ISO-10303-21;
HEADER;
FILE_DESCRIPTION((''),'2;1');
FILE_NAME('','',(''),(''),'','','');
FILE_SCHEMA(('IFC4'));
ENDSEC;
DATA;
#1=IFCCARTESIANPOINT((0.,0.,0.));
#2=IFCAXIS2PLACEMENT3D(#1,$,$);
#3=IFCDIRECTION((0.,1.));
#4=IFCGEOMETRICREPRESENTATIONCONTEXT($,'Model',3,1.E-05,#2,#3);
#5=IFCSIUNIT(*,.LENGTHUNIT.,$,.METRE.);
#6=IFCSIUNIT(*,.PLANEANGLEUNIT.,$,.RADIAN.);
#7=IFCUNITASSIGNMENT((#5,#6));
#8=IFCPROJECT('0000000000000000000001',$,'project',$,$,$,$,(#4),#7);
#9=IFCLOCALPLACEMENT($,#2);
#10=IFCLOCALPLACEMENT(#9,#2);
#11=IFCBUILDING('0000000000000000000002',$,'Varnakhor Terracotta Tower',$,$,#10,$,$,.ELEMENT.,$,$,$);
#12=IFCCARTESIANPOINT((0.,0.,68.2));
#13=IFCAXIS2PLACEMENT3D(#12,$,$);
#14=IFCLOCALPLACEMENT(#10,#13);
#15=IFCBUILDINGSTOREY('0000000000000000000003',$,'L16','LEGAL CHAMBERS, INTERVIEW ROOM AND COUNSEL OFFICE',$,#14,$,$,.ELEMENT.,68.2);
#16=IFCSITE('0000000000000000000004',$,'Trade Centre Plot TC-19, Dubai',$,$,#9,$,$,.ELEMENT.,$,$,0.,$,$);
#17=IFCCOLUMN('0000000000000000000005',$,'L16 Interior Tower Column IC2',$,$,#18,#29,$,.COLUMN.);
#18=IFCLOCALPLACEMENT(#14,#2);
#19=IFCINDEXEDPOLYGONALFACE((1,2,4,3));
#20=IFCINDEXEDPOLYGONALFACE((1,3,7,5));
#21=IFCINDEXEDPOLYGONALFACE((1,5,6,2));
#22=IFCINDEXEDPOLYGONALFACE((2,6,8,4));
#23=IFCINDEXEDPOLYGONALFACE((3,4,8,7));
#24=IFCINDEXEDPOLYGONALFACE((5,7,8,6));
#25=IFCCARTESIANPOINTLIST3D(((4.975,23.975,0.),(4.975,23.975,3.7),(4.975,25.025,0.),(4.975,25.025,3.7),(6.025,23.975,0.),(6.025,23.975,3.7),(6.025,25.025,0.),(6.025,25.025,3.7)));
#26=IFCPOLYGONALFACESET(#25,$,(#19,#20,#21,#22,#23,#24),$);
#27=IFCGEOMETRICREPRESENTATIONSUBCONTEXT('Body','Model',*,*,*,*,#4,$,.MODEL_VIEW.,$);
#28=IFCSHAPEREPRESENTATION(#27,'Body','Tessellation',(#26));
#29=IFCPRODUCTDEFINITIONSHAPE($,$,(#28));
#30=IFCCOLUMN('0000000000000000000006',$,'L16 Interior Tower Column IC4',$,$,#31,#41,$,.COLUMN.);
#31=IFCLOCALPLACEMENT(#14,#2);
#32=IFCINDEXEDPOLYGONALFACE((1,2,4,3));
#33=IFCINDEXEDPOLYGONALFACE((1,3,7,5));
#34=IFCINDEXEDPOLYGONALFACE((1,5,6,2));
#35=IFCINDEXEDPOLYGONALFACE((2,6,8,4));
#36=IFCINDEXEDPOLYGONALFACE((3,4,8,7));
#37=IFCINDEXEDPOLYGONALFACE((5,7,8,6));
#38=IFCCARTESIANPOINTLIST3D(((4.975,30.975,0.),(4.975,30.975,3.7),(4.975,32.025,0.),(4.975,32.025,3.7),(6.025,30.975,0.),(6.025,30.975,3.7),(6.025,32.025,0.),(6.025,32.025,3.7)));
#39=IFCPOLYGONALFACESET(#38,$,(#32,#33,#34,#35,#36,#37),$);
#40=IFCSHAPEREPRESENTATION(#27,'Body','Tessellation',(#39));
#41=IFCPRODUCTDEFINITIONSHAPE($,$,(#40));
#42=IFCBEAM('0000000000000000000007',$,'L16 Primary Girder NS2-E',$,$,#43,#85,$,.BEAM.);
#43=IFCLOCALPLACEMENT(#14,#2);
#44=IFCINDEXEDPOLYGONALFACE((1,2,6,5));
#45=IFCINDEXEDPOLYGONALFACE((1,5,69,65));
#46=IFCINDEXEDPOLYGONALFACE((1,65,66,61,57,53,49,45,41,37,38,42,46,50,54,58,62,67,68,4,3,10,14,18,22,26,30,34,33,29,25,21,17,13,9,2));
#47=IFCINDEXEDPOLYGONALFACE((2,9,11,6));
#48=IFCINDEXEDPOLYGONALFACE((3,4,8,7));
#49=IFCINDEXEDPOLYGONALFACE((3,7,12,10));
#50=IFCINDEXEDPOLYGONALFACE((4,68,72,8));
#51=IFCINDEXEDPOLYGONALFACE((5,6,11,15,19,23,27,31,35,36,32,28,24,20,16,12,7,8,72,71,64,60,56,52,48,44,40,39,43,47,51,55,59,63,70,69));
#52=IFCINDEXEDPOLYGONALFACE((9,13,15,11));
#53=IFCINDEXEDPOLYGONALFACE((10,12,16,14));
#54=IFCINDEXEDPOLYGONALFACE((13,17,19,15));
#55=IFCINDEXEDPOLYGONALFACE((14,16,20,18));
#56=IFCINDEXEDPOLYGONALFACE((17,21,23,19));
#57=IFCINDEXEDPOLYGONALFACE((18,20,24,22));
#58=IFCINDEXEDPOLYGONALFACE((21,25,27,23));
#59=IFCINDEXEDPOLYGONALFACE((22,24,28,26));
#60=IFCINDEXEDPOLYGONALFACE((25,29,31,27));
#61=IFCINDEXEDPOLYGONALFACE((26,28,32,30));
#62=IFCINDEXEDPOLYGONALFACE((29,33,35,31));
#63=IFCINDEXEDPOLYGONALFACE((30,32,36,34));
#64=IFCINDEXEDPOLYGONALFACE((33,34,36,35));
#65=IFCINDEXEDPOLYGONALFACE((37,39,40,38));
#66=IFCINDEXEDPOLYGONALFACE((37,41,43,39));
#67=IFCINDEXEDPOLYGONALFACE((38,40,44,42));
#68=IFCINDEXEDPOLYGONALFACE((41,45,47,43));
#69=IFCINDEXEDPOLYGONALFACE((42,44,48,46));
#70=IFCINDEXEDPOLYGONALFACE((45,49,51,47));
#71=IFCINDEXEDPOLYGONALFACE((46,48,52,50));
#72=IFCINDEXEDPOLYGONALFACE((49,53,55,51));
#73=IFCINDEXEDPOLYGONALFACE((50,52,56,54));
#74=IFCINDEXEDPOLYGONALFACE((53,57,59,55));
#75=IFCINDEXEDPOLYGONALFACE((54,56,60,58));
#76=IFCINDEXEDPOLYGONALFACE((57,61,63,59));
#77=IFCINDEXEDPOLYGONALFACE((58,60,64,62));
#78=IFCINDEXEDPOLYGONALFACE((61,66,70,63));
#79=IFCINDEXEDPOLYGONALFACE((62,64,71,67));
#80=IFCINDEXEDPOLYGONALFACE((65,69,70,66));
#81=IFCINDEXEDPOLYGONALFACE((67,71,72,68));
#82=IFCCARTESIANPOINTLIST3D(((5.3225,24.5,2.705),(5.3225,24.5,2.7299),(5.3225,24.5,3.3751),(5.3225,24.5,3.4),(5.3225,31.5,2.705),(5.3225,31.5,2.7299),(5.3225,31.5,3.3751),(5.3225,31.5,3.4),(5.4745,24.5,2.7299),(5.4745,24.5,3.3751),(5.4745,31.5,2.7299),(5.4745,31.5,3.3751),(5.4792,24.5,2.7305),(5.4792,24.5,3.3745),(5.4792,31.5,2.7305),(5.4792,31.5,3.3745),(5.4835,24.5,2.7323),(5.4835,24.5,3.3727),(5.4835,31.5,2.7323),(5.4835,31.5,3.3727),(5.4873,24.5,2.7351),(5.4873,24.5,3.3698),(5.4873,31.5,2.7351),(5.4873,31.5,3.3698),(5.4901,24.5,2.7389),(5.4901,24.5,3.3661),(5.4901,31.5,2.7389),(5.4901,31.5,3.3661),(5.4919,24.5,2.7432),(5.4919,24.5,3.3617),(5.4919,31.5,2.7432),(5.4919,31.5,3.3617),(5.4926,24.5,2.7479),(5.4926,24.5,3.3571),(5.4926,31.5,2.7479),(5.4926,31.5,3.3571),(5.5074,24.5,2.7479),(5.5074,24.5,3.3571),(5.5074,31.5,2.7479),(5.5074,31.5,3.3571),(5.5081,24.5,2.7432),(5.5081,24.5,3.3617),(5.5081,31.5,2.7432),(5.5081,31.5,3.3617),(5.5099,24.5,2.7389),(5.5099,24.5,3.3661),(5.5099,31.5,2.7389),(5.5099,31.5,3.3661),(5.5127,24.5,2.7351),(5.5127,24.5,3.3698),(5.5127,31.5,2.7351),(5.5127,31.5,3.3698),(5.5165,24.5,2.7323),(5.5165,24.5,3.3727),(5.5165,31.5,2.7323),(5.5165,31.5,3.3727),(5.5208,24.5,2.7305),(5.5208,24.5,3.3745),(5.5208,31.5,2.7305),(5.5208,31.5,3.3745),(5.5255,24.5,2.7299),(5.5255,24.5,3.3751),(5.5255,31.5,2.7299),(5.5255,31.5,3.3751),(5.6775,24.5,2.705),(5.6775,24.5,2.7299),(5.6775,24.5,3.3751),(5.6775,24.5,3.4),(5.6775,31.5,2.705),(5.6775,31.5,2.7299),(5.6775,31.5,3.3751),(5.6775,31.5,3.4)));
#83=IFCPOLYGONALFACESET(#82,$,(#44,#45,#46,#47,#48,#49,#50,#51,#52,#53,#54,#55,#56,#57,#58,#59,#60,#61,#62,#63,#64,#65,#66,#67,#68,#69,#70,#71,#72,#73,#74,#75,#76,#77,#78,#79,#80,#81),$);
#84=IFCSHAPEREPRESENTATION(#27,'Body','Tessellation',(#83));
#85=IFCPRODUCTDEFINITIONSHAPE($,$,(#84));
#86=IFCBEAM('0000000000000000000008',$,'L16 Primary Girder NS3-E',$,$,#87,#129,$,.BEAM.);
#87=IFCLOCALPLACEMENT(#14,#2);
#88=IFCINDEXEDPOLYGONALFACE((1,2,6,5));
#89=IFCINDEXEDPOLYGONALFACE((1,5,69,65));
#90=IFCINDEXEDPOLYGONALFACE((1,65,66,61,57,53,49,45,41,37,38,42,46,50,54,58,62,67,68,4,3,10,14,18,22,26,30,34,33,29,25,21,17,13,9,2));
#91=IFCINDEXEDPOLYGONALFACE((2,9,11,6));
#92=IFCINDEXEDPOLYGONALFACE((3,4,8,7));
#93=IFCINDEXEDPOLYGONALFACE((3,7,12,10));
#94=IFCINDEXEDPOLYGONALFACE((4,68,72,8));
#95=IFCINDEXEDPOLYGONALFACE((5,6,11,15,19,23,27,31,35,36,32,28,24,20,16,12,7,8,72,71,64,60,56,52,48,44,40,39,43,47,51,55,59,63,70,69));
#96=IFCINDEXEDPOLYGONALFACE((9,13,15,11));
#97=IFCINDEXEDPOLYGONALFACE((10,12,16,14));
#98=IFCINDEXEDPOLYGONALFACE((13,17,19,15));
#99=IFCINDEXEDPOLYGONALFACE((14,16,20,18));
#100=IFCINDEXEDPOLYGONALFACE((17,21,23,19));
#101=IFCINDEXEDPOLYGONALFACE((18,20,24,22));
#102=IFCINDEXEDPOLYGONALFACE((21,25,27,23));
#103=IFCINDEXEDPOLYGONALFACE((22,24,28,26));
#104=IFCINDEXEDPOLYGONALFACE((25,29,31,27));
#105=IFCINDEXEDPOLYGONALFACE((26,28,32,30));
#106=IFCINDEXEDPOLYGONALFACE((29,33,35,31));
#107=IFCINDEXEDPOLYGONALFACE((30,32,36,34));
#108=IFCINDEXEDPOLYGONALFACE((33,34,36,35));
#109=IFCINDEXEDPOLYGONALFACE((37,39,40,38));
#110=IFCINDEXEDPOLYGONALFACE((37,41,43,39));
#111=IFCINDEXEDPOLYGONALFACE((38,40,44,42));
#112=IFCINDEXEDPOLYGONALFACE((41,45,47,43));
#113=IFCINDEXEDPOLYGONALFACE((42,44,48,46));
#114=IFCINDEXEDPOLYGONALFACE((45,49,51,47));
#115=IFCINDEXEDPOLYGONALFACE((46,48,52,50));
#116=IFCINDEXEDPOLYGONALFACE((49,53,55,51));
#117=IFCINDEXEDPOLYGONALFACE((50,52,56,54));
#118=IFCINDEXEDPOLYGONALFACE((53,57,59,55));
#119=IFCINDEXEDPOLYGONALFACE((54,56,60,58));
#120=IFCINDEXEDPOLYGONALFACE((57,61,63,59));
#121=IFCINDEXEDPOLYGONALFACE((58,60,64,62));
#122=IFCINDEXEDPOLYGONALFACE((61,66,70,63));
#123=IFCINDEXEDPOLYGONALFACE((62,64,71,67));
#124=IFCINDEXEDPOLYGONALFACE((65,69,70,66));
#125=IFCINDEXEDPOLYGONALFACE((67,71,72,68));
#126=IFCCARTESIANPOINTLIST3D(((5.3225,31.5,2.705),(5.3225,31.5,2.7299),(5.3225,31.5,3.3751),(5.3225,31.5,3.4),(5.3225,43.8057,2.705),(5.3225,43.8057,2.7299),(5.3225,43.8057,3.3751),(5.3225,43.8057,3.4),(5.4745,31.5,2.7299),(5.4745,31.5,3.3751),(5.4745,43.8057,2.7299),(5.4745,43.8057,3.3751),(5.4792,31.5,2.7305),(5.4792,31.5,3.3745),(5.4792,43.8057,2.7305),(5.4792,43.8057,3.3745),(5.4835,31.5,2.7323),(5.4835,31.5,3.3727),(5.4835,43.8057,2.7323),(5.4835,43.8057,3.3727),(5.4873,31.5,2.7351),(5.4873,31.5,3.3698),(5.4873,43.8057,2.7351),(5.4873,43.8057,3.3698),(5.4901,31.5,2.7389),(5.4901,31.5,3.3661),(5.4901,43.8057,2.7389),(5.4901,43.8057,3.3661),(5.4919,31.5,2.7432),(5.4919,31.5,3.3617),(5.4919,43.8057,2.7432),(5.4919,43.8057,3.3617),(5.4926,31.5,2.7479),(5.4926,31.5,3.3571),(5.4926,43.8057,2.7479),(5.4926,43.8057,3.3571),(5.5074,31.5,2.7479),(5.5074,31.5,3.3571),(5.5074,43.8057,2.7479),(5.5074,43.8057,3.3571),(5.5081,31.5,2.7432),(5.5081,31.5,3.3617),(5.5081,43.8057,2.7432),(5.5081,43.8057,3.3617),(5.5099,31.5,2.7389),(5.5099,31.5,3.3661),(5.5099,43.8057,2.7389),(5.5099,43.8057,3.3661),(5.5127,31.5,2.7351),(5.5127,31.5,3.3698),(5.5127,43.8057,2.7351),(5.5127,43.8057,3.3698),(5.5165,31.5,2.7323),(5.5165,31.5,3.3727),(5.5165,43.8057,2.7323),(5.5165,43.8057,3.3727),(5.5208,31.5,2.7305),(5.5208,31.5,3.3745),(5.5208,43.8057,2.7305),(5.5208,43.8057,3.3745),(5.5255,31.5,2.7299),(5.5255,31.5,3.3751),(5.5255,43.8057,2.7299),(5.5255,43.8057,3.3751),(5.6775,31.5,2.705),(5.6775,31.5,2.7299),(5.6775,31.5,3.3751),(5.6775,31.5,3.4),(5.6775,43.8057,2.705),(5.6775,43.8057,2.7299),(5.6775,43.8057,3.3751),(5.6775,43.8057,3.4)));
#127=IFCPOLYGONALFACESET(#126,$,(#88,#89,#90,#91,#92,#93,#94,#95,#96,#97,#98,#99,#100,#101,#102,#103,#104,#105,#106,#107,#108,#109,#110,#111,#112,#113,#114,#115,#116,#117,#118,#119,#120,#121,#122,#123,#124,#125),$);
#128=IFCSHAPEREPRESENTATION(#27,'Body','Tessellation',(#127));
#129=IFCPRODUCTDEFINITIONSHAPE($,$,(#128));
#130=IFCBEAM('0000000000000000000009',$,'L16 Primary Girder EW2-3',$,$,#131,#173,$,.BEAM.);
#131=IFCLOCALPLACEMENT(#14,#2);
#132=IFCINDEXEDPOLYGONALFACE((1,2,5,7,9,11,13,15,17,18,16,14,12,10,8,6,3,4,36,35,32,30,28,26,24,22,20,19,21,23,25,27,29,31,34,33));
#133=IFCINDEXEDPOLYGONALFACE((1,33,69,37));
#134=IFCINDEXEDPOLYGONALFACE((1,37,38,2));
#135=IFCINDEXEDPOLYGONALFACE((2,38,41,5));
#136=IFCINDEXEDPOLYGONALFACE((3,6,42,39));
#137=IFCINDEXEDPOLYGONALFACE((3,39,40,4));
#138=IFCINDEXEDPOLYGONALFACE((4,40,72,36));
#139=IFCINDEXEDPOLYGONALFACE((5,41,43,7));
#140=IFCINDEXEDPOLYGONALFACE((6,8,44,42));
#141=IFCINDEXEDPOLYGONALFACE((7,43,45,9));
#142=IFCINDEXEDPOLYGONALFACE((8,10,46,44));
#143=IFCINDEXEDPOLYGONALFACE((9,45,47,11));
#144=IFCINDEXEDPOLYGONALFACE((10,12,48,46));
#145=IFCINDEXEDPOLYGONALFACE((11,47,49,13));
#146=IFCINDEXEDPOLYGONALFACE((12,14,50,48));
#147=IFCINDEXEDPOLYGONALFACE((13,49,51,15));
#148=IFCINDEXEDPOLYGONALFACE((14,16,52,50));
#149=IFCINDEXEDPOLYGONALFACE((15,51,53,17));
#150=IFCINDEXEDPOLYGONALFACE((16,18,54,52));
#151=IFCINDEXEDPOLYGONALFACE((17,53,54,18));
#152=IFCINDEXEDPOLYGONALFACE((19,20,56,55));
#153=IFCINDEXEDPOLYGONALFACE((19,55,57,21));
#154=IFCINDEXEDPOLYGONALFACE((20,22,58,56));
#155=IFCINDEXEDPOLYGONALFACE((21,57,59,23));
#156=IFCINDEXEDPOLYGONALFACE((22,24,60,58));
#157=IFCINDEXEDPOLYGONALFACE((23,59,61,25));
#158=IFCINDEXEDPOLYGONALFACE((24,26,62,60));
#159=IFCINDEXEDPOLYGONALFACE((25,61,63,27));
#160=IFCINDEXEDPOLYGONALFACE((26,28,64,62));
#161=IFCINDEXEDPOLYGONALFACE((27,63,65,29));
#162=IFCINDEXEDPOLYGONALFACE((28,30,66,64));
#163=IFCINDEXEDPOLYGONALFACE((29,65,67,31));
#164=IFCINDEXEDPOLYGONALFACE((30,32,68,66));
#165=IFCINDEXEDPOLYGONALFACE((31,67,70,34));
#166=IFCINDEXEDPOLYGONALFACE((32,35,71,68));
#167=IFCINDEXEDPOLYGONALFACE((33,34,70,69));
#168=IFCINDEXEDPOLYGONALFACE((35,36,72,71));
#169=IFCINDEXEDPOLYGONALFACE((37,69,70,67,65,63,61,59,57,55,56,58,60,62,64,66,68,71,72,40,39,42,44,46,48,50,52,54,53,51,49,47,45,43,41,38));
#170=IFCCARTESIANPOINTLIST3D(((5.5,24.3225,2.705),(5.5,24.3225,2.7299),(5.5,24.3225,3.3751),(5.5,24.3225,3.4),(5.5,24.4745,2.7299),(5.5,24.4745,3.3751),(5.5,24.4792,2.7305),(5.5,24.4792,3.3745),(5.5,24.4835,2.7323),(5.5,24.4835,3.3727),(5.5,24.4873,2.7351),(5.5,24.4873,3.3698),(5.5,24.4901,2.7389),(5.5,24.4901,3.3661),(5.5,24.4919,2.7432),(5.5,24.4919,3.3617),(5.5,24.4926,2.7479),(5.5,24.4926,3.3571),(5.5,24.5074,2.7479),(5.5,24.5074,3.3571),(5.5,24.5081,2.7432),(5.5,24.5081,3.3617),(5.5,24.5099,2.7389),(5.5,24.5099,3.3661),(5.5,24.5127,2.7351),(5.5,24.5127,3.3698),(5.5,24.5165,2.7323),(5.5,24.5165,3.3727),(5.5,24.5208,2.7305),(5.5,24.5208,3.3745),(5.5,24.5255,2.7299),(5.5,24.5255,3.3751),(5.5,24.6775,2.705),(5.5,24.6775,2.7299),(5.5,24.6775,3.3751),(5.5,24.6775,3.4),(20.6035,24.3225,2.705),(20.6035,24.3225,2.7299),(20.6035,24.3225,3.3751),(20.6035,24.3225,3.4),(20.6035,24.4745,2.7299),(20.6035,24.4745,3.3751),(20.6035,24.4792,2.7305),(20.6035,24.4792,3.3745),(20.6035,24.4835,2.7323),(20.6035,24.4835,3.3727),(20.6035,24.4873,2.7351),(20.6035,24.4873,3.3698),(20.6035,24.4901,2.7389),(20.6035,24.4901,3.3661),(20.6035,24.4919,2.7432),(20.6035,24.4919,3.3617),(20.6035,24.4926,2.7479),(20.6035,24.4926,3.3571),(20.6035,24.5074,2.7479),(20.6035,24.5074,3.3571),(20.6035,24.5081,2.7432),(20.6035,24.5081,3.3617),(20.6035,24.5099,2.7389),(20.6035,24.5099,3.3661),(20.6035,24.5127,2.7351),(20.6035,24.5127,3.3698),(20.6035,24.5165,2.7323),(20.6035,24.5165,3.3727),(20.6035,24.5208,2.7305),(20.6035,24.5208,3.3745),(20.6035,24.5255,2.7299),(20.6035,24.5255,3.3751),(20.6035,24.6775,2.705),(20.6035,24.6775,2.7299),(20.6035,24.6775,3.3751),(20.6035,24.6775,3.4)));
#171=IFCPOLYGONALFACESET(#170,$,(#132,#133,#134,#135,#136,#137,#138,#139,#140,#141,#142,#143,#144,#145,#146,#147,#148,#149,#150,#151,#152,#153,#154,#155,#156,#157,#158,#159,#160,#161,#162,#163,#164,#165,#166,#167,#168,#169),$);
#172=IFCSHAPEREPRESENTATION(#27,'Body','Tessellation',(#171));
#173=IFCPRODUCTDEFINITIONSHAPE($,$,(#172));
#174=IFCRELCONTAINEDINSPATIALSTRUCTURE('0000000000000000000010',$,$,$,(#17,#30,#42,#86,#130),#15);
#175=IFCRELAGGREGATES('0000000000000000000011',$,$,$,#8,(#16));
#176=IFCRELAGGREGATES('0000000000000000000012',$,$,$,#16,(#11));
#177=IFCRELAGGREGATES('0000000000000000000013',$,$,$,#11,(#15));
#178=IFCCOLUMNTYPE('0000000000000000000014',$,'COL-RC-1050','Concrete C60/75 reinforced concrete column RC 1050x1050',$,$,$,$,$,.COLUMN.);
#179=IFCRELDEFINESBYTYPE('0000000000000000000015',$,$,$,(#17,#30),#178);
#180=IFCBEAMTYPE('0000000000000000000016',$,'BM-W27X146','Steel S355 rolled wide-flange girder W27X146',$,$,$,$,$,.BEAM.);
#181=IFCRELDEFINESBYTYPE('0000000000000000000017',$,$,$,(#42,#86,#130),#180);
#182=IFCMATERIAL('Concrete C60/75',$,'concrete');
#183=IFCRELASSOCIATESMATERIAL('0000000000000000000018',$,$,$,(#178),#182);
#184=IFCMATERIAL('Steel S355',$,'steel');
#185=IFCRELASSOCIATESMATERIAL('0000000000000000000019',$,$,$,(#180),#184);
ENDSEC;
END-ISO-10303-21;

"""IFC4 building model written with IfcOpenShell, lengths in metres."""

from ifc_helpers import new_model, si_unit, direction, frame, origin, origin_2d, place, context, subcontext, project, spatial, rectangle, i_section, extrude, source, transform, mapped, material, material_profile, profile_set, type_object, element, save


model = new_model("IFC4")

# Units and contexts
model_context = context("Model", 3, precision=1e-05, world=origin(), true_north=direction((0.0, 1.0)))
body_context = subcontext(model_context, "Body", "Model", "MODEL_VIEW")
ifc_project = project(units=[si_unit("LENGTHUNIT", "METRE"), si_unit("PLANEANGLEUNIT", "RADIAN")], contexts=[model_context])

# Site, building, storey
site_placement = place(None, origin())
site = spatial("IfcSite", under=ifc_project, at=site_placement, Name="Trade Centre Plot TC-19, Dubai", CompositionType="ELEMENT", RefElevation=0.0)
building_placement = place(site_placement, origin())
building = spatial("IfcBuilding", under=site, at=building_placement, Name="Varnakhor Terracotta Tower", CompositionType="ELEMENT")
storey_placement = place(building_placement, frame((0.0, 0.0, 68.2)))
storey = spatial("IfcBuildingStorey", under=building, at=storey_placement, Name="L16", Description="LEGAL CHAMBERS, INTERVIEW ROOM AND COUNSEL OFFICE", CompositionType="ELEMENT", Elevation=68.2)

# Columns
ifc_material_1 = material(Name="Concrete C60/75", Category="concrete")
ifc_material_profile_1 = material_profile(ifc_material_1, rectangle(XDim=1.05, YDim=1.05, at=origin_2d()), Name="RC 1050x1050")
ifc_profile_set_1 = profile_set([ifc_material_profile_1], Name="Concrete C60/75")
column_type = type_object("IfcColumnType", Name="COL-RC-1050", Description="Concrete C60/75 reinforced concrete column RC 1050x1050", PredefinedType="COLUMN", material=ifc_profile_set_1)
shared_shape_1 = source(origin(), body_context, "Body", "SweptSolid", [
    extrude(rectangle(XDim=1.05, YDim=1.05, at=origin_2d()), origin(), (0.0, 0.0, 1.0), 3.7),
])
for number, where, z_axis, x_axis, name in (
    (1, (5.5, 24.5, 0.0), (0.0, 0.0, 1.0), (1.0, 0.0, 0.0), "L16 Interior Tower Column IC2"),
    (2, (5.5, 31.5, 0.0), (0.0, 0.0, 1.0), (1.0, 0.0, 0.0), "L16 Interior Tower Column IC4"),
):
    element("IfcColumn", number, at=place(storey_placement, frame(where, z_axis=z_axis, x_axis=x_axis)), inside=storey, type_object=column_type, Name=name, PredefinedType="COLUMN", context=body_context, shape_type="MappedRepresentation", body=[
        mapped(shared_shape_1, transform((0.0, 0.0, 0.0), scale=1.0)),
    ])

# Beams
ifc_material_2 = material(Name="Steel S355", Category="steel")
ifc_material_profile_2 = material_profile(ifc_material_2, i_section(OverallWidth=0.355, OverallDepth=0.6951, WebThickness=0.0149, FlangeThickness=0.0249, FilletRadius=0.0181, at=origin_2d()), Name="W27X146")
ifc_profile_set_2 = profile_set([ifc_material_profile_2], Name="Steel S355")
beam_type_1 = type_object("IfcBeamType", Name="BM-W27X146", Description="Steel S355 rolled wide-flange girder W27X146", PredefinedType="BEAM", material=ifc_profile_set_2)
shared_shape_2 = source(origin(), body_context, "Body", "SweptSolid", [
    extrude(i_section(OverallWidth=0.355, OverallDepth=0.6951, WebThickness=0.0149, FlangeThickness=0.0249, FilletRadius=0.0181, at=origin_2d()), origin(), (0.0, 0.0, 1.0), 7.0),
])
beam_1_placement = place(storey_placement, frame((5.5, 24.5, 3.0525), z_axis=(0.0, 1.0, 0.0), x_axis=(-1.0, 0.0, 0.0)))
element("IfcBeam", 3, at=beam_1_placement, inside=storey, type_object=beam_type_1, Name="L16 Primary Girder NS2-E", PredefinedType="BEAM", context=body_context, shape_type="MappedRepresentation", body=[
    mapped(shared_shape_2, transform((0.0, 0.0, 0.0), scale=1.0)),
])
shared_shape_3 = source(origin(), body_context, "Body", "SweptSolid", [
    extrude(i_section(OverallWidth=0.355, OverallDepth=0.6951, WebThickness=0.0149, FlangeThickness=0.0249, FilletRadius=0.0181, at=origin_2d()), origin(), (0.0, 0.0, 1.0), 12.3057),
])
beam_2_placement = place(storey_placement, frame((5.5, 31.5, 3.0525), z_axis=(0.0, 1.0, 0.0), x_axis=(-1.0, 0.0, 0.0)))
element("IfcBeam", 4, at=beam_2_placement, inside=storey, type_object=beam_type_1, Name="L16 Primary Girder NS3-E", PredefinedType="BEAM", context=body_context, shape_type="MappedRepresentation", body=[
    mapped(shared_shape_3, transform((0.0, 0.0, 0.0), scale=1.0)),
])
shared_shape_4 = source(origin(), body_context, "Body", "SweptSolid", [
    extrude(i_section(OverallWidth=0.355, OverallDepth=0.6951, WebThickness=0.0149, FlangeThickness=0.0249, FilletRadius=0.0181, at=origin_2d()), origin(), (0.0, 0.0, 1.0), 15.1035),
])
beam_3_placement = place(storey_placement, frame((5.5, 24.5, 3.0525), z_axis=(1.0, 0.0, 0.0), x_axis=(0.0, 1.0, 0.0)))
element("IfcBeam", 5, at=beam_3_placement, inside=storey, type_object=beam_type_1, Name="L16 Primary Girder EW2-3", PredefinedType="BEAM", context=body_context, shape_type="MappedRepresentation", body=[
    mapped(shared_shape_4, transform((0.0, 0.0, 0.0), scale=1.0)),
])

save(model, "model.ifc")
